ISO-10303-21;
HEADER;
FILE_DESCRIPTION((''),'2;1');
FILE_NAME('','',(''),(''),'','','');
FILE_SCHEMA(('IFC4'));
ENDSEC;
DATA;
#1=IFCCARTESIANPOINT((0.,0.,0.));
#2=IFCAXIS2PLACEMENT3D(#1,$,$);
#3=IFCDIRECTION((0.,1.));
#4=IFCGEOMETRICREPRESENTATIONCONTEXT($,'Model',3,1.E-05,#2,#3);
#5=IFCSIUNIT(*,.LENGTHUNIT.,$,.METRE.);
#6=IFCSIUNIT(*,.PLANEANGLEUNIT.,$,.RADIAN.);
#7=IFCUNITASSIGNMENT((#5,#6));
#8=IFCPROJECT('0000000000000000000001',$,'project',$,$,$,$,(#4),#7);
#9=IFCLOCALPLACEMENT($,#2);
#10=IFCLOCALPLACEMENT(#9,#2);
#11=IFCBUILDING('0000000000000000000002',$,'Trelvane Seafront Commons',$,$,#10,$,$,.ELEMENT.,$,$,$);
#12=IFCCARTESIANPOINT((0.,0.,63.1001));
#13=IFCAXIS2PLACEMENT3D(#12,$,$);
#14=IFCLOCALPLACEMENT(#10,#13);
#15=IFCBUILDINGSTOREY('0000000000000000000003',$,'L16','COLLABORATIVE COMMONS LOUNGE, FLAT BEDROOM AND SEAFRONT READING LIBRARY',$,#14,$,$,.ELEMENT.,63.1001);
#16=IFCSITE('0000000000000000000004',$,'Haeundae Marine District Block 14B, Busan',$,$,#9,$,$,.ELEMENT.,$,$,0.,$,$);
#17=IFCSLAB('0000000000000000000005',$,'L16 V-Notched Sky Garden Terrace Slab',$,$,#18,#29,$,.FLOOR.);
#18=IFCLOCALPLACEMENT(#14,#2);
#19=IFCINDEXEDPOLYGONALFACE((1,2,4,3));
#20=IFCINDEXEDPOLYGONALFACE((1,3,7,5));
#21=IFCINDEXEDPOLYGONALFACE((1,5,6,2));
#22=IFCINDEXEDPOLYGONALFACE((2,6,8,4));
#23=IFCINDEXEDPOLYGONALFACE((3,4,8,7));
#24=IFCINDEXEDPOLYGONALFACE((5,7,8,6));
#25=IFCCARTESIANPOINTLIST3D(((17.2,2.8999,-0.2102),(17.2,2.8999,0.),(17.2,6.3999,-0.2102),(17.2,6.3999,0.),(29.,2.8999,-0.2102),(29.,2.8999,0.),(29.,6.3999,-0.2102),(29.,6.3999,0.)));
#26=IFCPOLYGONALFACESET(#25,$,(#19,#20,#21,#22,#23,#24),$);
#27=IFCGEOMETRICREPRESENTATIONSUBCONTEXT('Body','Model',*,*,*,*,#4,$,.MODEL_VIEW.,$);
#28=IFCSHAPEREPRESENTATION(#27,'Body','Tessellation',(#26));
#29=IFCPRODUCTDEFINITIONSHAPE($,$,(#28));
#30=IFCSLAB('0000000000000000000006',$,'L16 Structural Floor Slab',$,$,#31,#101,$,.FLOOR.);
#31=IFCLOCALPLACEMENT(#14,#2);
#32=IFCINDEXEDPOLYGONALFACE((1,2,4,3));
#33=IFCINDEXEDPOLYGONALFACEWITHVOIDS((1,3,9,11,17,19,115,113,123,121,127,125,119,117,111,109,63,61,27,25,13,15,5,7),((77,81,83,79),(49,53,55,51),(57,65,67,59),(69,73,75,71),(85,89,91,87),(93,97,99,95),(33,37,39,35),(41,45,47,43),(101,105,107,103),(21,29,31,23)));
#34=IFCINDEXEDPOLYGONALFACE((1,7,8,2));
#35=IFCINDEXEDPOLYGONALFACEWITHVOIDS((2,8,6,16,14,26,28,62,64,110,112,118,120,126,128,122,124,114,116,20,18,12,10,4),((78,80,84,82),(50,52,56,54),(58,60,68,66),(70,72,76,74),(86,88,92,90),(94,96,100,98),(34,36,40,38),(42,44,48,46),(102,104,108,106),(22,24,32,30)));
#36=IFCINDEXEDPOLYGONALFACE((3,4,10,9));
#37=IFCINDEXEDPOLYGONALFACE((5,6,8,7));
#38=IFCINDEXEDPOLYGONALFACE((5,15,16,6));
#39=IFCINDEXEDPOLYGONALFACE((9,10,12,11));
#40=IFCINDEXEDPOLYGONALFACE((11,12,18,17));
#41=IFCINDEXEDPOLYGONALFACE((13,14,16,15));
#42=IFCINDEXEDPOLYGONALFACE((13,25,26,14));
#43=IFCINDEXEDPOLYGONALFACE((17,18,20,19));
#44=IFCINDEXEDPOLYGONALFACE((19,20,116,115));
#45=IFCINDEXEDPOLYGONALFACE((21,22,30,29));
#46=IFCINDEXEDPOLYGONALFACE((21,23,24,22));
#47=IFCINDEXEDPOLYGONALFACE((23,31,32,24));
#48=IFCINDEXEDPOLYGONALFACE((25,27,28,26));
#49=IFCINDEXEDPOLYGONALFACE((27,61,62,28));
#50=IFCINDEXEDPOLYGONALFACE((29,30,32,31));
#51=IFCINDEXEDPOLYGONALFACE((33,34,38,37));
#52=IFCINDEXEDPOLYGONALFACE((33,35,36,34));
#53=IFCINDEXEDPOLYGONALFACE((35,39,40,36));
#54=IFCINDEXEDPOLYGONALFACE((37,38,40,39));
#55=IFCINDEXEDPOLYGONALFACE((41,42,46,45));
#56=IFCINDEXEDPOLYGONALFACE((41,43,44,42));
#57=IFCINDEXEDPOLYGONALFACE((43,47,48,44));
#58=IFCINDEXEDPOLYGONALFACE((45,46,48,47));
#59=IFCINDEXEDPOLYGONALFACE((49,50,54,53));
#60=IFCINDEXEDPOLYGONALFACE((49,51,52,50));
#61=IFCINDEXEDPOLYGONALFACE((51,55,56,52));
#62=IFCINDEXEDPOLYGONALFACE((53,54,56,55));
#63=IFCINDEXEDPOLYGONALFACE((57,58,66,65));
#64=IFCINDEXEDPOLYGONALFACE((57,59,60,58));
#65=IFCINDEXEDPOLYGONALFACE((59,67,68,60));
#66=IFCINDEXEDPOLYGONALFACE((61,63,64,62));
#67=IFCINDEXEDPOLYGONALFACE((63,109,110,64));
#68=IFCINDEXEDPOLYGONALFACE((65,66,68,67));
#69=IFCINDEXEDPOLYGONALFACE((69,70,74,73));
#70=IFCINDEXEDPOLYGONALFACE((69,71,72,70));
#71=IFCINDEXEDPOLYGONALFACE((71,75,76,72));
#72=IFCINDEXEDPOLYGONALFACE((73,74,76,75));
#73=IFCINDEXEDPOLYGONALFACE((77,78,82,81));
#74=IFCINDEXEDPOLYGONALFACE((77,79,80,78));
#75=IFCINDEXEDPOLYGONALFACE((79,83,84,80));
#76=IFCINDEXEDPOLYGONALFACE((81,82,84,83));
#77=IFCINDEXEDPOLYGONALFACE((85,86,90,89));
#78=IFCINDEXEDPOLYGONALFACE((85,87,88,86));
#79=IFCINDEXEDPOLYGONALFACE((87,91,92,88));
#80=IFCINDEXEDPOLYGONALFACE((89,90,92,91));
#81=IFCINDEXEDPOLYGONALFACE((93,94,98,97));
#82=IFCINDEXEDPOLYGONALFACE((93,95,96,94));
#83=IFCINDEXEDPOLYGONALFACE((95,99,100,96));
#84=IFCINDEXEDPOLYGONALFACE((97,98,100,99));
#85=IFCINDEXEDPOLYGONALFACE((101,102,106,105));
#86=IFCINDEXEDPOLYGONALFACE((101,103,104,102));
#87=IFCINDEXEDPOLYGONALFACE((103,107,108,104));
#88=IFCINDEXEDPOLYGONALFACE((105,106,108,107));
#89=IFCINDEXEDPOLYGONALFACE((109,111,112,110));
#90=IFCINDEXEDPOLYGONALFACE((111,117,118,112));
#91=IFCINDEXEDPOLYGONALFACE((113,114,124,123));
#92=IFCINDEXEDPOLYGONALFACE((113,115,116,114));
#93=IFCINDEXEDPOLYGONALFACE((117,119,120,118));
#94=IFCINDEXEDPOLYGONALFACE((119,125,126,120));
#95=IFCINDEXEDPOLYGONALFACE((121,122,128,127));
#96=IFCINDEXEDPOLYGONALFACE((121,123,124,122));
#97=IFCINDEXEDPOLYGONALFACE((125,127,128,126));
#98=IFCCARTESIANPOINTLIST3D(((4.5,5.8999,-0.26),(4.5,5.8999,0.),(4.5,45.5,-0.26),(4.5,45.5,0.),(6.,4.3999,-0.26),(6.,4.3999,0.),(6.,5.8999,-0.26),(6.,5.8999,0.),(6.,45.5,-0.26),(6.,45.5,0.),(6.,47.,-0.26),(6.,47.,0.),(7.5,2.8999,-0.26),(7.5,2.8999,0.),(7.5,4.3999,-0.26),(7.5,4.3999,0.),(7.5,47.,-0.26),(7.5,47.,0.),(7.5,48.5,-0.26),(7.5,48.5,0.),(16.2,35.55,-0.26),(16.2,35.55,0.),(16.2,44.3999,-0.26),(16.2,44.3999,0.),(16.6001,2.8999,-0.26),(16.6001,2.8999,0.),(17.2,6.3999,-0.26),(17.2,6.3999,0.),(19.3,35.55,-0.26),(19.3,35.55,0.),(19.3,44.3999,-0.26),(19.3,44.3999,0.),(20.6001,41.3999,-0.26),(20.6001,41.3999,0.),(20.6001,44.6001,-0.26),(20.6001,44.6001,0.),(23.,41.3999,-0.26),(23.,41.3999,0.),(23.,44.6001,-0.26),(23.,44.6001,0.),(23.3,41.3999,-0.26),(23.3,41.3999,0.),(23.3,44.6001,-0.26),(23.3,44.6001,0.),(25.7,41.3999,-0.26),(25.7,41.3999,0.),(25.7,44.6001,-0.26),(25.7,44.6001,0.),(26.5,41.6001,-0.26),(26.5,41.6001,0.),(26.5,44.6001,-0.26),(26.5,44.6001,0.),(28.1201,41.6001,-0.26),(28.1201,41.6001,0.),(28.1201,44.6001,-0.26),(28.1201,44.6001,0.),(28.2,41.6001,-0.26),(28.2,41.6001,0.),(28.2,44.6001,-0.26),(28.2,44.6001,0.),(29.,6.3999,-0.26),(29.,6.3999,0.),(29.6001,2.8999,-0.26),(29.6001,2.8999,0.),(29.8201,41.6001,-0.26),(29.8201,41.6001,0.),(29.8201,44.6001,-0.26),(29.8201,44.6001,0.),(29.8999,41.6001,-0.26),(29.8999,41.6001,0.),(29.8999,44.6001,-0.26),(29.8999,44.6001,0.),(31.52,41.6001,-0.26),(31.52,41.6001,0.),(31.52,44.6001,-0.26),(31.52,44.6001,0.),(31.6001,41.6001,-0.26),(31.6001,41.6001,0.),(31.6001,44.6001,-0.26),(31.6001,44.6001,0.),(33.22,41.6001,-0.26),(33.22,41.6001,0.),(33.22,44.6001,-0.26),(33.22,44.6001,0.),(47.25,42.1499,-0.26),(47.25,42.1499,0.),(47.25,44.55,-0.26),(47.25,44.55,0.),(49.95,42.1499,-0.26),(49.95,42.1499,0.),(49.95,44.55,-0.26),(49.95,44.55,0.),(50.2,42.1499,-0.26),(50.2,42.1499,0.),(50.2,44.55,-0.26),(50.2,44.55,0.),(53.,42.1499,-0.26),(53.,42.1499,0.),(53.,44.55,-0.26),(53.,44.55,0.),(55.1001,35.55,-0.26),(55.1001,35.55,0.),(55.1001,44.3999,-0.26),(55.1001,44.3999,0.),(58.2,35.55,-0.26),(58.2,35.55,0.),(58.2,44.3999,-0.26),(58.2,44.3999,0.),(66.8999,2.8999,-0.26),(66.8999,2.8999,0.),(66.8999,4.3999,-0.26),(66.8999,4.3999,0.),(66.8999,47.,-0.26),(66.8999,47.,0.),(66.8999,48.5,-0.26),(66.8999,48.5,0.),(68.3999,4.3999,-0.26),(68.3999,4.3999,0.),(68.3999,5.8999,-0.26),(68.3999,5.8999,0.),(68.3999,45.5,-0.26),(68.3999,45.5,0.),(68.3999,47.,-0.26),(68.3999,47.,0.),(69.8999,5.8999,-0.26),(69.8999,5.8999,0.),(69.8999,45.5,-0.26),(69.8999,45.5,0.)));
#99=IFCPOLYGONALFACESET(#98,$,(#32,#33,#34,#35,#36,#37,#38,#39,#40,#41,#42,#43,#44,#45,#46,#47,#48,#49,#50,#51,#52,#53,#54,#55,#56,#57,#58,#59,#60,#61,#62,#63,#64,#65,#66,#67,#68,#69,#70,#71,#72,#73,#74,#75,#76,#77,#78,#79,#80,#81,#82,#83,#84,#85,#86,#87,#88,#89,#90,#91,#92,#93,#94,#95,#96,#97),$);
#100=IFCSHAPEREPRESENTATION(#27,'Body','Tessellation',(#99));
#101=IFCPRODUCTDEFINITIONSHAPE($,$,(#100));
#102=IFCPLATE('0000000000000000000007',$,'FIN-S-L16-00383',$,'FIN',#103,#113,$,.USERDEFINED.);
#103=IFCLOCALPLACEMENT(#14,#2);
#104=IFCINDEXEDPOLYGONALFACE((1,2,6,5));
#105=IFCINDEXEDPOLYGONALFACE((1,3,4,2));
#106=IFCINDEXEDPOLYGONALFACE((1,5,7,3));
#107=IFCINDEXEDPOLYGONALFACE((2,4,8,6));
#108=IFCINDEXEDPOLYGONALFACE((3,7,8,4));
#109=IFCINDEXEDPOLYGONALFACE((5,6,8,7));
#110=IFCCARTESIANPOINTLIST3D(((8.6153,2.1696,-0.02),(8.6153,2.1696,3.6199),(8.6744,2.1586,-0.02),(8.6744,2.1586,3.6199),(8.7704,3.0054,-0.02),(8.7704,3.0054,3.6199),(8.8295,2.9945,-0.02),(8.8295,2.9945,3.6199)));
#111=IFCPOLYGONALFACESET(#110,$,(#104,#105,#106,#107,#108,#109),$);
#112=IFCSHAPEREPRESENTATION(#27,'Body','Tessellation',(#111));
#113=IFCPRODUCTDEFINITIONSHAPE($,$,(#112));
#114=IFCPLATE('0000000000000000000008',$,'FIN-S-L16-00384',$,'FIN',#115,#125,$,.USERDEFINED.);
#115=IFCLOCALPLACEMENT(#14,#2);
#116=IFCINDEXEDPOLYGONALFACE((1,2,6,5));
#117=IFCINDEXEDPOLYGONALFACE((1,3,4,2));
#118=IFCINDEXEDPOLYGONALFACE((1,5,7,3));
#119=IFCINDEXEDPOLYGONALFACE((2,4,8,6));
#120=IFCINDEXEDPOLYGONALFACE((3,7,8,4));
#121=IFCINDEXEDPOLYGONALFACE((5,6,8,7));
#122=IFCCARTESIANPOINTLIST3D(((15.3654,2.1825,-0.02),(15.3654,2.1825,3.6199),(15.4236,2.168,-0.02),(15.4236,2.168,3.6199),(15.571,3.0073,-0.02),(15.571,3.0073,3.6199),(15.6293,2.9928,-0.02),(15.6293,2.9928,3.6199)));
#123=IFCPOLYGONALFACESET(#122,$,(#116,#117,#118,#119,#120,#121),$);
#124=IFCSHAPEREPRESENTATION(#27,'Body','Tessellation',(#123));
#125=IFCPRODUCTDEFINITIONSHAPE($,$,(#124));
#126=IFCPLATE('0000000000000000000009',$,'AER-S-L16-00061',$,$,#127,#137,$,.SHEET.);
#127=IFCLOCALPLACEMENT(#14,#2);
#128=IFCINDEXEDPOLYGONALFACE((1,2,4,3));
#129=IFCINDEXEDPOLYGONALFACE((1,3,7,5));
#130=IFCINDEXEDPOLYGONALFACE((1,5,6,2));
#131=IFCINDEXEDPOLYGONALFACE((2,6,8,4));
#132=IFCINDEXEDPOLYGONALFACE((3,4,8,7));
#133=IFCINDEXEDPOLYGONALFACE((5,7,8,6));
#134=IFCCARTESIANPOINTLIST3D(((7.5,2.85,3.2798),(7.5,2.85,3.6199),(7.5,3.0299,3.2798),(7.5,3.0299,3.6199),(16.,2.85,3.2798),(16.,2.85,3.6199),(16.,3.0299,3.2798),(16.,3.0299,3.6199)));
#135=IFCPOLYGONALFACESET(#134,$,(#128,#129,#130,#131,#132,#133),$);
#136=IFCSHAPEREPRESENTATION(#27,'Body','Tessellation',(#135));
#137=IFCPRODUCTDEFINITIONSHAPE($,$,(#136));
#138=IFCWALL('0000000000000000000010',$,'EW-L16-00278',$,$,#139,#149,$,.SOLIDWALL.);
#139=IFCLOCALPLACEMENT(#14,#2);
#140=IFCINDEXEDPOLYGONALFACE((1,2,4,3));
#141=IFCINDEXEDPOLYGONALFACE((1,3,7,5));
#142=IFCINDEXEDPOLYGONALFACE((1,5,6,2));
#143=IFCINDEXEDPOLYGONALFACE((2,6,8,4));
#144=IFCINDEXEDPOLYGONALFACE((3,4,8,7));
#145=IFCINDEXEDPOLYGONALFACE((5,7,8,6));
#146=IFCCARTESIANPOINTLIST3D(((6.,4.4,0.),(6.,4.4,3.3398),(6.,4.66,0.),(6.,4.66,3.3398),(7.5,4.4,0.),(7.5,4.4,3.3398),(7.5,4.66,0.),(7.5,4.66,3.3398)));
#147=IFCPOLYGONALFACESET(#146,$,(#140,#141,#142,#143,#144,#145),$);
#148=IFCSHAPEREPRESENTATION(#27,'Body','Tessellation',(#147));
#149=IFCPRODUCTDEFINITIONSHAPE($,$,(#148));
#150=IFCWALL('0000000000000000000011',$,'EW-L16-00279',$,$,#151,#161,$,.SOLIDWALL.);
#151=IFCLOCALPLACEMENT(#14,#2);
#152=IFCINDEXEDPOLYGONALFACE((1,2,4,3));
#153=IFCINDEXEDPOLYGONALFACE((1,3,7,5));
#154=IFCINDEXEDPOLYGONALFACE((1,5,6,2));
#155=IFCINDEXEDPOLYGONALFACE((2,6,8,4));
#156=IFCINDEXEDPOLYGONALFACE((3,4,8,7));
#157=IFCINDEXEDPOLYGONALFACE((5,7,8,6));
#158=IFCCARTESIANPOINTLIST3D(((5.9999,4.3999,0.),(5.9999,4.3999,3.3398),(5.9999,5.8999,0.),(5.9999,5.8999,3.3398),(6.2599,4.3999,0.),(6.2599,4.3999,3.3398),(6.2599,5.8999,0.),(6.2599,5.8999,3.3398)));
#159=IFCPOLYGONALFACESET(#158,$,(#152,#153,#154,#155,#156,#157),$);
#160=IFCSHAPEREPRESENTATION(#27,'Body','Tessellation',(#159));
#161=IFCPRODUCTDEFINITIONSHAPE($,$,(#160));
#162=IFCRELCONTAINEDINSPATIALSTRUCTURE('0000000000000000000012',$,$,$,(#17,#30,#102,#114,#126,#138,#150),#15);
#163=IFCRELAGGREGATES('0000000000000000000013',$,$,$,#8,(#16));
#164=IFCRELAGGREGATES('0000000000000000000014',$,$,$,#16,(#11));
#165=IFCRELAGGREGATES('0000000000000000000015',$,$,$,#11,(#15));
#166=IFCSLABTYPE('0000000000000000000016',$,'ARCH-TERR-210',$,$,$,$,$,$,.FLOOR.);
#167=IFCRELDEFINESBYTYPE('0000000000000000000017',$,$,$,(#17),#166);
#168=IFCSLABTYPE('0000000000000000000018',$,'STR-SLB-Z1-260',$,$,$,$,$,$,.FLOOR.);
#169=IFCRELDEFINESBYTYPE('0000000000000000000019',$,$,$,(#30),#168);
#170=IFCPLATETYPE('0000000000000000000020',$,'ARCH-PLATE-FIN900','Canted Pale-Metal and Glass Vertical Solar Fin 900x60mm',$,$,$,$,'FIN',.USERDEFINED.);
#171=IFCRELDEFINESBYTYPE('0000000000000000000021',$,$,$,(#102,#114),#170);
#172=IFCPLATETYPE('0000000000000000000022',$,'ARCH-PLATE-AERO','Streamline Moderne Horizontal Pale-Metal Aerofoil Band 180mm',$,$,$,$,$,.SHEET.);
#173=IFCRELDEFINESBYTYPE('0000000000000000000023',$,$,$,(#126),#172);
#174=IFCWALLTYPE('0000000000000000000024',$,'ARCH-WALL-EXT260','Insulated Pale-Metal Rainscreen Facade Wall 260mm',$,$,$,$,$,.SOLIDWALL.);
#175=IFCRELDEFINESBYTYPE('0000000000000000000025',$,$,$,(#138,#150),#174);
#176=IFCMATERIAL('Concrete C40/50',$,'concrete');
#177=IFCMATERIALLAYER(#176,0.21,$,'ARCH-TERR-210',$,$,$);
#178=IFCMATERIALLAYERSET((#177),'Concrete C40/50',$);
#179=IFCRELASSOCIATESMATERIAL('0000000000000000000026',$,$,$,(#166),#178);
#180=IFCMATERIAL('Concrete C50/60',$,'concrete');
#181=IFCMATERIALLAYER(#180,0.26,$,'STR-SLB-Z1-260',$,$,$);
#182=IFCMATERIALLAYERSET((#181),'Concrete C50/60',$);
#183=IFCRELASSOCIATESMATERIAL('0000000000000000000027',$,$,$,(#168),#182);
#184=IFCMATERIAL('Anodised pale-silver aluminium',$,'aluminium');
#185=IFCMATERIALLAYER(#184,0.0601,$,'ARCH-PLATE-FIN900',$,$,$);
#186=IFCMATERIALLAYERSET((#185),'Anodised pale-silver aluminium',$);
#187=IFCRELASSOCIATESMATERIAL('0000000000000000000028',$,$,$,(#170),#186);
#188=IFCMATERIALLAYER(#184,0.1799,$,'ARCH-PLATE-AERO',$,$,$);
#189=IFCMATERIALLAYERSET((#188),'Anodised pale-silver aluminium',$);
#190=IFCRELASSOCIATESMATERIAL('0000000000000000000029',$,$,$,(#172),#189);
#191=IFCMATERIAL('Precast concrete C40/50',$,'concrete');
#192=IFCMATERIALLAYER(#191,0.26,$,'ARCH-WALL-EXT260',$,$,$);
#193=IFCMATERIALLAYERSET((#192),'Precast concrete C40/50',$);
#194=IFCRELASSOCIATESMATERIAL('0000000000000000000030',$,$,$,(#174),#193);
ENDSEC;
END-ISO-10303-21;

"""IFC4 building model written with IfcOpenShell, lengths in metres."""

from ifc_helpers import new_model, si_unit, direction, frame, frame_2d, origin, origin_2d, place, context, subcontext, project, spatial, polyline, rectangle, outline, extrude, source, transform, mapped, material, layer, layer_set, type_object, element, save


model = new_model("IFC4")

# Units and contexts
model_context = context("Model", 3, precision=1e-05, world=origin(), true_north=direction((0.0, 1.0)))
body_context = subcontext(model_context, "Body", "Model", "MODEL_VIEW")
ifc_project = project(units=[si_unit("LENGTHUNIT", "METRE"), si_unit("PLANEANGLEUNIT", "RADIAN")], contexts=[model_context])

# Site, building, storey
site_placement = place(None, origin())
site = spatial("IfcSite", under=ifc_project, at=site_placement, Name="Haeundae Marine District Block 14B, Busan", CompositionType="ELEMENT", RefElevation=0.0)
building_placement = place(site_placement, origin())
building = spatial("IfcBuilding", under=site, at=building_placement, Name="Trelvane Seafront Commons", CompositionType="ELEMENT")
storey_placement = place(building_placement, frame((0.0, 0.0, 63.1001)))
storey = spatial("IfcBuildingStorey", under=building, at=storey_placement, Name="L16", Description="COLLABORATIVE COMMONS LOUNGE, FLAT BEDROOM AND SEAFRONT READING LIBRARY", CompositionType="ELEMENT", Elevation=63.1001)

# Shared definitions
ifc_material_1 = material(Name="Concrete C40/50", Category="concrete")

# Slabs
ifc_layer_1 = layer(ifc_material_1, 0.21, Name="ARCH-TERR-210")
ifc_layer_set_1 = layer_set([ifc_layer_1], Name="Concrete C40/50")
slab_type_1 = type_object("IfcSlabType", Name="ARCH-TERR-210", PredefinedType="FLOOR", material=ifc_layer_set_1)
slab_1_placement = place(storey_placement, frame((0.0, 0.0, -0.2102)))
element("IfcSlab", 1, at=slab_1_placement, inside=storey, type_object=slab_type_1, Name="L16 V-Notched Sky Garden Terrace Slab", PredefinedType="FLOOR", context=body_context, shape_type="SweptSolid", body=[
    extrude(outline(polyline([(17.2, 2.8999), (29.0, 2.8999), (29.0, 6.3999), (17.2, 6.3999), (17.2, 2.8999)])), origin(), (0.0, 0.0, 1.0), 0.2102),
])
ifc_material_2 = material(Name="Concrete C50/60", Category="concrete")
ifc_layer_2 = layer(ifc_material_2, 0.26, Name="STR-SLB-Z1-260")
ifc_layer_set_2 = layer_set([ifc_layer_2], Name="Concrete C50/60")
slab_type_2 = type_object("IfcSlabType", Name="STR-SLB-Z1-260", PredefinedType="FLOOR", material=ifc_layer_set_2)
slab_2_placement = place(storey_placement, frame((0.0, 0.0, -0.26)))
element("IfcSlab", 2, at=slab_2_placement, inside=storey, type_object=slab_type_2, Name="L16 Structural Floor Slab", PredefinedType="FLOOR", context=body_context, shape_type="SweptSolid", body=[
    extrude(outline(polyline([(7.5, 2.8999), (16.6001, 2.8999), (17.2, 6.3999), (29.0, 6.3999), (29.6001, 2.8999), (66.8999, 2.8999), (66.8999, 4.3999), (68.3999, 4.3999), (68.3999, 5.8999), (69.8999, 5.8999), (69.8999, 45.5), (68.3999, 45.5), (68.3999, 47.0), (66.8999, 47.0), (66.8999, 48.5), (7.5, 48.5), (7.5, 47.0), (6.0, 47.0), (6.0, 45.5), (4.5, 45.5), (4.5, 5.8999), (6.0, 5.8999), (6.0, 4.3999), (7.5, 4.3999), (7.5, 2.8999)]), holes=[polyline([(19.3, 35.55), (16.2, 35.55), (16.2, 44.3999), (19.3, 44.3999), (19.3, 35.55)]), polyline([(58.2, 35.55), (55.1001, 35.55), (55.1001, 44.3999), (58.2, 44.3999), (58.2, 35.55)]), polyline([(23.0, 41.3999), (20.6001, 41.3999), (20.6001, 44.6001), (23.0, 44.6001), (23.0, 41.3999)]), polyline([(23.3, 41.3999), (23.3, 44.6001), (25.7, 44.6001), (25.7, 41.3999), (23.3, 41.3999)]), polyline([(26.5, 41.6001), (26.5, 44.6001), (28.1201, 44.6001), (28.1201, 41.6001), (26.5, 41.6001)]), polyline([(29.8201, 41.6001), (28.2, 41.6001), (28.2, 44.6001), (29.8201, 44.6001), (29.8201, 41.6001)]), polyline([(31.52, 41.6001), (29.8999, 41.6001), (29.8999, 44.6001), (31.52, 44.6001), (31.52, 41.6001)]), polyline([(33.22, 41.6001), (31.6001, 41.6001), (31.6001, 44.6001), (33.22, 44.6001), (33.22, 41.6001)]), polyline([(47.25, 42.1499), (47.25, 44.55), (49.95, 44.55), (49.95, 42.1499), (47.25, 42.1499)]), polyline([(50.2, 42.1499), (50.2, 44.55), (53.0, 44.55), (53.0, 42.1499), (50.2, 42.1499)])]), origin(), (0.0, 0.0, 1.0), 0.26),
])

# Plates
ifc_material_3 = material(Name="Anodised pale-silver aluminium", Category="aluminium")
ifc_layer_3 = layer(ifc_material_3, 0.0601, Name="ARCH-PLATE-FIN900")
ifc_layer_set_3 = layer_set([ifc_layer_3], Name="Anodised pale-silver aluminium")
plate_type_1 = type_object("IfcPlateType", Name="ARCH-PLATE-FIN900", Description="Canted Pale-Metal and Glass Vertical Solar Fin 900x60mm", ElementType="FIN", PredefinedType="USERDEFINED", material=ifc_layer_set_3)
shared_shape_1 = source(origin(), body_context, "Body", "SweptSolid", [
    extrude(rectangle(XDim=0.8501, YDim=0.0601, at=origin_2d()), origin(), (0.0, 0.0, 1.0), 3.6399),
])
for number, where, z_axis, x_axis, name in (
    (3, (8.7224, 2.582, -0.02), (0.0, 0.0, 1.0), (-0.182477, -0.98321, 0.0), "FIN-S-L16-00383"),
    (4, (15.4973, 2.5876, -0.02), (0.0, 0.0, 1.0), (-0.241871, -0.970308, 0.0), "FIN-S-L16-00384"),
):
    element("IfcPlate", number, at=place(storey_placement, frame(where, z_axis=z_axis, x_axis=x_axis)), inside=storey, type_object=plate_type_1, Name=name, ObjectType="FIN", PredefinedType="USERDEFINED", context=body_context, shape_type="MappedRepresentation", body=[
        mapped(shared_shape_1, transform((0.0, 0.0, 0.0), x_axis=(1.0, 0.0, 0.0), y_axis=(0.0, 1.0, 0.0), z_axis=(0.0, 0.0, 1.0), scale=1.0)),
    ])
ifc_layer_4 = layer(ifc_material_3, 0.1799, Name="ARCH-PLATE-AERO")
ifc_layer_set_4 = layer_set([ifc_layer_4], Name="Anodised pale-silver aluminium")
plate_type_2 = type_object("IfcPlateType", Name="ARCH-PLATE-AERO", Description="Streamline Moderne Horizontal Pale-Metal Aerofoil Band 180mm", PredefinedType="SHEET", material=ifc_layer_set_4)
shared_shape_2 = source(origin(), body_context, "Body", "SweptSolid", [
    extrude(rectangle(XDim=8.5, YDim=0.1799, at=origin_2d()), origin(), (0.0, 0.0, 1.0), 0.3401),
])
plate_placement = place(storey_placement, frame((11.75, 2.9399, 3.2798), z_axis=(0.0, 0.0, 1.0), x_axis=(-1.0, 0.0, 0.0)))
element("IfcPlate", 5, at=plate_placement, inside=storey, type_object=plate_type_2, Name="AER-S-L16-00061", PredefinedType="SHEET", context=body_context, shape_type="MappedRepresentation", body=[
    mapped(shared_shape_2, transform((0.0, 0.0, 0.0), x_axis=(1.0, 0.0, 0.0), y_axis=(0.0, 1.0, 0.0), z_axis=(0.0, 0.0, 1.0), scale=1.0)),
])

# Walls
ifc_material_4 = material(Name="Precast concrete C40/50", Category="concrete")
ifc_layer_5 = layer(ifc_material_4, 0.26, Name="ARCH-WALL-EXT260")
ifc_layer_set_5 = layer_set([ifc_layer_5], Name="Precast concrete C40/50")
wall_type_1 = type_object("IfcWallType", Name="ARCH-WALL-EXT260", Description="Insulated Pale-Metal Rainscreen Facade Wall 260mm", PredefinedType="SOLIDWALL", material=ifc_layer_set_5)
for number, where, z_axis, x_axis, name in (
    (6, (7.5, 4.53, 0.0), (0.0, 0.0, 1.0), (-1.0, 0.0, 0.0), "EW-L16-00278"),
    (7, (6.1299, 4.3999, 0.0), (0.0, 0.0, 1.0), (0.0, 1.0, 0.0), "EW-L16-00279"),
):
    element("IfcWall", number, at=place(storey_placement, frame(where, z_axis=z_axis, x_axis=x_axis)), inside=storey, type_object=wall_type_1, Name=name, PredefinedType="SOLIDWALL", context=body_context, shape_type="SweptSolid", body=[
        extrude(rectangle(XDim=1.5, YDim=0.26, at=frame_2d((0.75, 0.0))), origin(), (0.0, 0.0, 1.0), 3.3398),
    ])

save(model, "model.ifc")
